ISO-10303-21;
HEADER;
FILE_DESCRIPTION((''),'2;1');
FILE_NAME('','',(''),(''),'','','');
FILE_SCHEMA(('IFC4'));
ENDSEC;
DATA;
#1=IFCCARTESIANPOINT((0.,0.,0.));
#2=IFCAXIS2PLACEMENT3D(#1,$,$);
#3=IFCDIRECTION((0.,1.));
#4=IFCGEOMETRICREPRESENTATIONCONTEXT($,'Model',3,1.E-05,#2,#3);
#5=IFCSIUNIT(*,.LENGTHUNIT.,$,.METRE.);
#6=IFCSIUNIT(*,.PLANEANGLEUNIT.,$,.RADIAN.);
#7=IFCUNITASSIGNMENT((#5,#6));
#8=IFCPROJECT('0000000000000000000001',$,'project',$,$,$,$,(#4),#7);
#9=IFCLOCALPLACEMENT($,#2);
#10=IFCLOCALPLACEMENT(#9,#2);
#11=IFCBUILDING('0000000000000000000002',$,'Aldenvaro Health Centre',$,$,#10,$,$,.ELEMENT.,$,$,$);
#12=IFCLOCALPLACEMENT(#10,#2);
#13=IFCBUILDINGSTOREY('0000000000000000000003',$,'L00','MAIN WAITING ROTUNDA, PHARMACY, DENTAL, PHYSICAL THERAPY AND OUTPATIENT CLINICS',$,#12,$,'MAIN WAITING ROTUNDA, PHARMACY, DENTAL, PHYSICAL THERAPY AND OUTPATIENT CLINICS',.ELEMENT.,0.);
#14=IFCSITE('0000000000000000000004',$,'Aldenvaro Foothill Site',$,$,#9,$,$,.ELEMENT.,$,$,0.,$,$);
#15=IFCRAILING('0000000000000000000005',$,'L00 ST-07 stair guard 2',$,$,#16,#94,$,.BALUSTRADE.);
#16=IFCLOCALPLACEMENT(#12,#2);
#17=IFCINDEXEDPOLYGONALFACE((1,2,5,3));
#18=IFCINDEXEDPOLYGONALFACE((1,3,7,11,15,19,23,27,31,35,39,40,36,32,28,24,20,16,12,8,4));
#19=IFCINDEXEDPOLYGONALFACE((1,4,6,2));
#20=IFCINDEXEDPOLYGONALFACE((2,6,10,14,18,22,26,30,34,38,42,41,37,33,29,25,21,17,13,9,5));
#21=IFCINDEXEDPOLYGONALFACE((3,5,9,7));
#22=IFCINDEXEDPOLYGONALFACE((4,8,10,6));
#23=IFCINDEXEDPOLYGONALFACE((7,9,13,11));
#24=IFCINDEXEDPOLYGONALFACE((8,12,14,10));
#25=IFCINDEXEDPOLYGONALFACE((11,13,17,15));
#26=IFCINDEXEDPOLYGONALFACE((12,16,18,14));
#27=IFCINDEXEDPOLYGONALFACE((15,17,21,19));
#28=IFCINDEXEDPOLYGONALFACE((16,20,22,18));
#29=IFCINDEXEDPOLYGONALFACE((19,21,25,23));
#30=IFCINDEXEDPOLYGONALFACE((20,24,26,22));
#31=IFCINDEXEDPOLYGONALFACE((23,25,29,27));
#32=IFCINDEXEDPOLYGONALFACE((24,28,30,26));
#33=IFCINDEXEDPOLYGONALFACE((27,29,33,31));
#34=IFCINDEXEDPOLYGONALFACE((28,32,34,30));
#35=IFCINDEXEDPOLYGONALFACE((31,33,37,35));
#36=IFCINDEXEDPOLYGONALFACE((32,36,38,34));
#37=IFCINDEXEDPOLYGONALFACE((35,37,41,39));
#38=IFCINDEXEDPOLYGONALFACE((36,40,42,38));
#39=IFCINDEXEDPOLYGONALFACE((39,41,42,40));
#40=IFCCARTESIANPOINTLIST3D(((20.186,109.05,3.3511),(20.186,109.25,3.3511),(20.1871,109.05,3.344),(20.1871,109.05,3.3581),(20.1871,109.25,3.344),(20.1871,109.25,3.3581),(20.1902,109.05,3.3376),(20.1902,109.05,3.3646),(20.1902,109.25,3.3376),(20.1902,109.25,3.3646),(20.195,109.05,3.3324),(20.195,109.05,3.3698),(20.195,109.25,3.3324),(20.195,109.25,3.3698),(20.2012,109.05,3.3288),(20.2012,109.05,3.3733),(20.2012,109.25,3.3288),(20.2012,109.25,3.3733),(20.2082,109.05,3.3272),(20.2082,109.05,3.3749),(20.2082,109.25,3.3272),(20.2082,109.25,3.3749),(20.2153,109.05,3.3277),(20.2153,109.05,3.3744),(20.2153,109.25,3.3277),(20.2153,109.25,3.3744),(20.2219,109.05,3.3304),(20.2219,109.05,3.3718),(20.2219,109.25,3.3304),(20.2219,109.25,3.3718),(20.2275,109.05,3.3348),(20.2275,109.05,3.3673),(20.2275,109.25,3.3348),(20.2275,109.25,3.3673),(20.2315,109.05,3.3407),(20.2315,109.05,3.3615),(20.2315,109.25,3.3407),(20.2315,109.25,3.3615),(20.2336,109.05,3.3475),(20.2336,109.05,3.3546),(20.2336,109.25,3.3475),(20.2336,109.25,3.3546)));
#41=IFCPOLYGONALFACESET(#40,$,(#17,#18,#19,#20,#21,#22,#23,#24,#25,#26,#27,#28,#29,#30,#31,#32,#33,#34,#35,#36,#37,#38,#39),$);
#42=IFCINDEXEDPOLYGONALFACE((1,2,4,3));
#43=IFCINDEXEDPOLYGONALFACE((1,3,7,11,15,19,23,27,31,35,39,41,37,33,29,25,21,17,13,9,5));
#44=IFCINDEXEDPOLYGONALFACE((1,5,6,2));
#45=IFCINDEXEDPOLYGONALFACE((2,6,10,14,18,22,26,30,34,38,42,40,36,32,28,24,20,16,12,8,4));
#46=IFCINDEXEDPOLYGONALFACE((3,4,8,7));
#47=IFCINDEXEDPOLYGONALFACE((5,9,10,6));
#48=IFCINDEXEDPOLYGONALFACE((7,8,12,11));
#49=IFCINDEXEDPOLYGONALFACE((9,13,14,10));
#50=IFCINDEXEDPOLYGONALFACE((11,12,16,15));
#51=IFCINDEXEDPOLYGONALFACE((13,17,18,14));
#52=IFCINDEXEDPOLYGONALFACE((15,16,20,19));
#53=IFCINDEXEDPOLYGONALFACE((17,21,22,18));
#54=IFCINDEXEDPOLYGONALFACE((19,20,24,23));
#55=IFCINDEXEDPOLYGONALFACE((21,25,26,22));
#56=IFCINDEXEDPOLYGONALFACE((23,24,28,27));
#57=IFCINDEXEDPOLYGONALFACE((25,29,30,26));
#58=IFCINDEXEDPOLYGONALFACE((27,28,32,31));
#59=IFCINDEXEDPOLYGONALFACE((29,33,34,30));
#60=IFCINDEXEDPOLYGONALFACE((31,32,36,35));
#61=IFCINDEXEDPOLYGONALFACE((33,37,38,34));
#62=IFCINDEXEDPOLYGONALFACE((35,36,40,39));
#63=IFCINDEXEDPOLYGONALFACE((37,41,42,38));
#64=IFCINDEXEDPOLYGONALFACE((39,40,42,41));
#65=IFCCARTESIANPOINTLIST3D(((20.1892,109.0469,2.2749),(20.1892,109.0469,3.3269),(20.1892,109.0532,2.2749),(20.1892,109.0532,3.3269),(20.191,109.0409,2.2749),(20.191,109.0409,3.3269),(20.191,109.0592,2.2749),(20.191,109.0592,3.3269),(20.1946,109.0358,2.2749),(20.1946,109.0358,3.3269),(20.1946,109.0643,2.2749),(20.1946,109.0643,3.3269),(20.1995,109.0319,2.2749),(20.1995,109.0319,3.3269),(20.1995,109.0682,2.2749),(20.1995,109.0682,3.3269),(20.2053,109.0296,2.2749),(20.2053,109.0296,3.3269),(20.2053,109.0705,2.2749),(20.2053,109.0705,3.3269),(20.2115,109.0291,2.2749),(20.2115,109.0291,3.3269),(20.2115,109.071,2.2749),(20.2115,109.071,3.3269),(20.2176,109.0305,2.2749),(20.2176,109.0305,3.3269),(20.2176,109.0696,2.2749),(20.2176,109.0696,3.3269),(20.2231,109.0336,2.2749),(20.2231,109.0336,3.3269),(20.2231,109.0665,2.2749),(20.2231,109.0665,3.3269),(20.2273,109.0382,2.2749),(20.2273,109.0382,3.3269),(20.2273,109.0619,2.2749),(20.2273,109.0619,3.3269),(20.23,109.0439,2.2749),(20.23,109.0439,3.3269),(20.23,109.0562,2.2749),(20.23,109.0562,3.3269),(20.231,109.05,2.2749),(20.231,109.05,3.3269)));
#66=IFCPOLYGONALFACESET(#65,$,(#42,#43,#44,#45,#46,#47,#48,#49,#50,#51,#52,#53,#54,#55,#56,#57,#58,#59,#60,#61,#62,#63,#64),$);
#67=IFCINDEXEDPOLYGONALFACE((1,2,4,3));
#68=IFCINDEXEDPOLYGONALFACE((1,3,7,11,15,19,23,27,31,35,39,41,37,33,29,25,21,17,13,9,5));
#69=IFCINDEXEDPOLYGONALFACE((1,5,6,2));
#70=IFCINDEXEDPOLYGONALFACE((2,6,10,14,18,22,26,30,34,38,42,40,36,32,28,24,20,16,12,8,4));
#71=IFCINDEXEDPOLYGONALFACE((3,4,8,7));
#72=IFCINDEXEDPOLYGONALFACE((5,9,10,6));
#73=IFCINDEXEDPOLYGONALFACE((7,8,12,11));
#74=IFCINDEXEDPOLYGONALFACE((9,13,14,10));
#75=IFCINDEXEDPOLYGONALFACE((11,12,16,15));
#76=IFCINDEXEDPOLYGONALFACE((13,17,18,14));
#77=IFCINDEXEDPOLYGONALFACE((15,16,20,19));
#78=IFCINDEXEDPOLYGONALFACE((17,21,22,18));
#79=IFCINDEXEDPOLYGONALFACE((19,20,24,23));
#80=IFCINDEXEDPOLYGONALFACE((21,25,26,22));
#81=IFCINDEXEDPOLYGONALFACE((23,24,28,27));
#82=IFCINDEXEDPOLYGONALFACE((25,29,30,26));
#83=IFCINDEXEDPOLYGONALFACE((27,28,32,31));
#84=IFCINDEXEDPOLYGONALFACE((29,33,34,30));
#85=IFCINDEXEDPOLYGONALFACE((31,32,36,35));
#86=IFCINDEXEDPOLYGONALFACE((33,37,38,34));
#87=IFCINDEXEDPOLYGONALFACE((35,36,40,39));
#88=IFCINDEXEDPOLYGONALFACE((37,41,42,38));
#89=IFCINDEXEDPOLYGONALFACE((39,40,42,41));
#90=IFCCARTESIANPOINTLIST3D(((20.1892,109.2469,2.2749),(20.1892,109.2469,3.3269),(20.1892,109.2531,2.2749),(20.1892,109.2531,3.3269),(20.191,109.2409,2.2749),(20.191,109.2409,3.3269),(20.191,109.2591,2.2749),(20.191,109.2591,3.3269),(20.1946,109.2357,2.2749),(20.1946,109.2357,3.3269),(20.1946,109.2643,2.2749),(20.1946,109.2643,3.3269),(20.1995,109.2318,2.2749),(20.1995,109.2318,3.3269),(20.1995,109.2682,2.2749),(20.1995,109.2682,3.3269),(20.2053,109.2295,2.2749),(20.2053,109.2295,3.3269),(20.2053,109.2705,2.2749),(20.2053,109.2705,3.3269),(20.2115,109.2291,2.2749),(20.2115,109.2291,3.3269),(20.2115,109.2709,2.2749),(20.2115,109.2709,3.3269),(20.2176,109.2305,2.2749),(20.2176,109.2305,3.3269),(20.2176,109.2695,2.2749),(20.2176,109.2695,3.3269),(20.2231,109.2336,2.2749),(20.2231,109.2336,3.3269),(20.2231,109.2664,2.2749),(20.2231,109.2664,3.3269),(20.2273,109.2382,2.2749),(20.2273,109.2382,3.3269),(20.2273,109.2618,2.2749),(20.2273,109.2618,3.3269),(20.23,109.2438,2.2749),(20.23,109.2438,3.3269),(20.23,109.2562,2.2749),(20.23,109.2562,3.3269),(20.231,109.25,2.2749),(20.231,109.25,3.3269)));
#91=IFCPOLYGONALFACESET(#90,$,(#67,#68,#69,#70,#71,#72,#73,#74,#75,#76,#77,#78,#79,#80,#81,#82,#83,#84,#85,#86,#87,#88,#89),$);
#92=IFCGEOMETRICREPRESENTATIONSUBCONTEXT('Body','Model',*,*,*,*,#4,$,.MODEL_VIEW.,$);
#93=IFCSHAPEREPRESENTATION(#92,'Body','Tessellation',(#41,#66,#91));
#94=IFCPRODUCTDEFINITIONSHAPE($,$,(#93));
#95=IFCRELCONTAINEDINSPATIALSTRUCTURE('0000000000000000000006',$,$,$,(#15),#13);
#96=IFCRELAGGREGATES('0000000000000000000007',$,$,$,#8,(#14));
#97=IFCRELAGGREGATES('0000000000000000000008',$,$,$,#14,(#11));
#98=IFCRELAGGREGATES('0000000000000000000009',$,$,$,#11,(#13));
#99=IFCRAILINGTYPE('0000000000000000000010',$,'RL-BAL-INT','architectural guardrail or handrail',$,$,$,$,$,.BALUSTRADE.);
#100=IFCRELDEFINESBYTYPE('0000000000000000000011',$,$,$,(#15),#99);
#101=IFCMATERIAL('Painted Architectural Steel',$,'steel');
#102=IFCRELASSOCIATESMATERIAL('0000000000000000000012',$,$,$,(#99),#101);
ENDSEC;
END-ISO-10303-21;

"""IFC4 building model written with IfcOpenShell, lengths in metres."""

from ifc_helpers import new_model, si_unit, direction, frame, origin, origin_2d, place, context, subcontext, project, spatial, circle, extrude, material, type_object, element, save


model = new_model("IFC4")

# Units and contexts
model_context = context("Model", 3, precision=1e-05, world=origin(), true_north=direction((0.0, 1.0)))
body_context = subcontext(model_context, "Body", "Model", "MODEL_VIEW")
ifc_project = project(units=[si_unit("LENGTHUNIT", "METRE"), si_unit("PLANEANGLEUNIT", "RADIAN")], contexts=[model_context])

# Site, building, storey
site_placement = place(None, origin())
site = spatial("IfcSite", under=ifc_project, at=site_placement, Name="Aldenvaro Foothill Site", CompositionType="ELEMENT", RefElevation=0.0)
building_placement = place(site_placement, origin())
building = spatial("IfcBuilding", under=site, at=building_placement, Name="Aldenvaro Health Centre", CompositionType="ELEMENT")
storey_placement = place(building_placement, origin())
storey = spatial("IfcBuildingStorey", under=building, at=storey_placement, Name="L00", Description="MAIN WAITING ROTUNDA, PHARMACY, DENTAL, PHYSICAL THERAPY AND OUTPATIENT CLINICS", LongName="MAIN WAITING ROTUNDA, PHARMACY, DENTAL, PHYSICAL THERAPY AND OUTPATIENT CLINICS", CompositionType="ELEMENT", Elevation=0.0)

# Railing
ifc_material_1 = material(Name="Painted Architectural Steel", Category="steel")
railing_type_1 = type_object("IfcRailingType", Name="RL-BAL-INT", Description="architectural guardrail or handrail", PredefinedType="BALUSTRADE", material=ifc_material_1)
railing_1_placement = place(storey_placement, frame((20.21, 109.05, 2.2749)))
element("IfcRailing", 1, at=railing_1_placement, inside=storey, type_object=railing_type_1, Name="L00 ST-07 stair guard 2", PredefinedType="BALUSTRADE", context=body_context, shape_type="SweptSolid", body=[
    extrude(circle(Radius=0.0239, at=origin_2d()), frame((0.0, 0.0, 1.0762), z_axis=(0.0, 1.0, 0.0), x_axis=(-1.0, 0.0, 0.0)), (0.0, 0.0, 1.0), 0.2),
    extrude(circle(Radius=0.021, at=origin_2d()), origin(), (0.0, 0.0, 1.0), 1.052),
    extrude(circle(Radius=0.021, at=origin_2d()), frame((0.0, 0.2, 0.0)), (0.0, 0.0, 1.0), 1.052),
])

save(model, "model.ifc")
